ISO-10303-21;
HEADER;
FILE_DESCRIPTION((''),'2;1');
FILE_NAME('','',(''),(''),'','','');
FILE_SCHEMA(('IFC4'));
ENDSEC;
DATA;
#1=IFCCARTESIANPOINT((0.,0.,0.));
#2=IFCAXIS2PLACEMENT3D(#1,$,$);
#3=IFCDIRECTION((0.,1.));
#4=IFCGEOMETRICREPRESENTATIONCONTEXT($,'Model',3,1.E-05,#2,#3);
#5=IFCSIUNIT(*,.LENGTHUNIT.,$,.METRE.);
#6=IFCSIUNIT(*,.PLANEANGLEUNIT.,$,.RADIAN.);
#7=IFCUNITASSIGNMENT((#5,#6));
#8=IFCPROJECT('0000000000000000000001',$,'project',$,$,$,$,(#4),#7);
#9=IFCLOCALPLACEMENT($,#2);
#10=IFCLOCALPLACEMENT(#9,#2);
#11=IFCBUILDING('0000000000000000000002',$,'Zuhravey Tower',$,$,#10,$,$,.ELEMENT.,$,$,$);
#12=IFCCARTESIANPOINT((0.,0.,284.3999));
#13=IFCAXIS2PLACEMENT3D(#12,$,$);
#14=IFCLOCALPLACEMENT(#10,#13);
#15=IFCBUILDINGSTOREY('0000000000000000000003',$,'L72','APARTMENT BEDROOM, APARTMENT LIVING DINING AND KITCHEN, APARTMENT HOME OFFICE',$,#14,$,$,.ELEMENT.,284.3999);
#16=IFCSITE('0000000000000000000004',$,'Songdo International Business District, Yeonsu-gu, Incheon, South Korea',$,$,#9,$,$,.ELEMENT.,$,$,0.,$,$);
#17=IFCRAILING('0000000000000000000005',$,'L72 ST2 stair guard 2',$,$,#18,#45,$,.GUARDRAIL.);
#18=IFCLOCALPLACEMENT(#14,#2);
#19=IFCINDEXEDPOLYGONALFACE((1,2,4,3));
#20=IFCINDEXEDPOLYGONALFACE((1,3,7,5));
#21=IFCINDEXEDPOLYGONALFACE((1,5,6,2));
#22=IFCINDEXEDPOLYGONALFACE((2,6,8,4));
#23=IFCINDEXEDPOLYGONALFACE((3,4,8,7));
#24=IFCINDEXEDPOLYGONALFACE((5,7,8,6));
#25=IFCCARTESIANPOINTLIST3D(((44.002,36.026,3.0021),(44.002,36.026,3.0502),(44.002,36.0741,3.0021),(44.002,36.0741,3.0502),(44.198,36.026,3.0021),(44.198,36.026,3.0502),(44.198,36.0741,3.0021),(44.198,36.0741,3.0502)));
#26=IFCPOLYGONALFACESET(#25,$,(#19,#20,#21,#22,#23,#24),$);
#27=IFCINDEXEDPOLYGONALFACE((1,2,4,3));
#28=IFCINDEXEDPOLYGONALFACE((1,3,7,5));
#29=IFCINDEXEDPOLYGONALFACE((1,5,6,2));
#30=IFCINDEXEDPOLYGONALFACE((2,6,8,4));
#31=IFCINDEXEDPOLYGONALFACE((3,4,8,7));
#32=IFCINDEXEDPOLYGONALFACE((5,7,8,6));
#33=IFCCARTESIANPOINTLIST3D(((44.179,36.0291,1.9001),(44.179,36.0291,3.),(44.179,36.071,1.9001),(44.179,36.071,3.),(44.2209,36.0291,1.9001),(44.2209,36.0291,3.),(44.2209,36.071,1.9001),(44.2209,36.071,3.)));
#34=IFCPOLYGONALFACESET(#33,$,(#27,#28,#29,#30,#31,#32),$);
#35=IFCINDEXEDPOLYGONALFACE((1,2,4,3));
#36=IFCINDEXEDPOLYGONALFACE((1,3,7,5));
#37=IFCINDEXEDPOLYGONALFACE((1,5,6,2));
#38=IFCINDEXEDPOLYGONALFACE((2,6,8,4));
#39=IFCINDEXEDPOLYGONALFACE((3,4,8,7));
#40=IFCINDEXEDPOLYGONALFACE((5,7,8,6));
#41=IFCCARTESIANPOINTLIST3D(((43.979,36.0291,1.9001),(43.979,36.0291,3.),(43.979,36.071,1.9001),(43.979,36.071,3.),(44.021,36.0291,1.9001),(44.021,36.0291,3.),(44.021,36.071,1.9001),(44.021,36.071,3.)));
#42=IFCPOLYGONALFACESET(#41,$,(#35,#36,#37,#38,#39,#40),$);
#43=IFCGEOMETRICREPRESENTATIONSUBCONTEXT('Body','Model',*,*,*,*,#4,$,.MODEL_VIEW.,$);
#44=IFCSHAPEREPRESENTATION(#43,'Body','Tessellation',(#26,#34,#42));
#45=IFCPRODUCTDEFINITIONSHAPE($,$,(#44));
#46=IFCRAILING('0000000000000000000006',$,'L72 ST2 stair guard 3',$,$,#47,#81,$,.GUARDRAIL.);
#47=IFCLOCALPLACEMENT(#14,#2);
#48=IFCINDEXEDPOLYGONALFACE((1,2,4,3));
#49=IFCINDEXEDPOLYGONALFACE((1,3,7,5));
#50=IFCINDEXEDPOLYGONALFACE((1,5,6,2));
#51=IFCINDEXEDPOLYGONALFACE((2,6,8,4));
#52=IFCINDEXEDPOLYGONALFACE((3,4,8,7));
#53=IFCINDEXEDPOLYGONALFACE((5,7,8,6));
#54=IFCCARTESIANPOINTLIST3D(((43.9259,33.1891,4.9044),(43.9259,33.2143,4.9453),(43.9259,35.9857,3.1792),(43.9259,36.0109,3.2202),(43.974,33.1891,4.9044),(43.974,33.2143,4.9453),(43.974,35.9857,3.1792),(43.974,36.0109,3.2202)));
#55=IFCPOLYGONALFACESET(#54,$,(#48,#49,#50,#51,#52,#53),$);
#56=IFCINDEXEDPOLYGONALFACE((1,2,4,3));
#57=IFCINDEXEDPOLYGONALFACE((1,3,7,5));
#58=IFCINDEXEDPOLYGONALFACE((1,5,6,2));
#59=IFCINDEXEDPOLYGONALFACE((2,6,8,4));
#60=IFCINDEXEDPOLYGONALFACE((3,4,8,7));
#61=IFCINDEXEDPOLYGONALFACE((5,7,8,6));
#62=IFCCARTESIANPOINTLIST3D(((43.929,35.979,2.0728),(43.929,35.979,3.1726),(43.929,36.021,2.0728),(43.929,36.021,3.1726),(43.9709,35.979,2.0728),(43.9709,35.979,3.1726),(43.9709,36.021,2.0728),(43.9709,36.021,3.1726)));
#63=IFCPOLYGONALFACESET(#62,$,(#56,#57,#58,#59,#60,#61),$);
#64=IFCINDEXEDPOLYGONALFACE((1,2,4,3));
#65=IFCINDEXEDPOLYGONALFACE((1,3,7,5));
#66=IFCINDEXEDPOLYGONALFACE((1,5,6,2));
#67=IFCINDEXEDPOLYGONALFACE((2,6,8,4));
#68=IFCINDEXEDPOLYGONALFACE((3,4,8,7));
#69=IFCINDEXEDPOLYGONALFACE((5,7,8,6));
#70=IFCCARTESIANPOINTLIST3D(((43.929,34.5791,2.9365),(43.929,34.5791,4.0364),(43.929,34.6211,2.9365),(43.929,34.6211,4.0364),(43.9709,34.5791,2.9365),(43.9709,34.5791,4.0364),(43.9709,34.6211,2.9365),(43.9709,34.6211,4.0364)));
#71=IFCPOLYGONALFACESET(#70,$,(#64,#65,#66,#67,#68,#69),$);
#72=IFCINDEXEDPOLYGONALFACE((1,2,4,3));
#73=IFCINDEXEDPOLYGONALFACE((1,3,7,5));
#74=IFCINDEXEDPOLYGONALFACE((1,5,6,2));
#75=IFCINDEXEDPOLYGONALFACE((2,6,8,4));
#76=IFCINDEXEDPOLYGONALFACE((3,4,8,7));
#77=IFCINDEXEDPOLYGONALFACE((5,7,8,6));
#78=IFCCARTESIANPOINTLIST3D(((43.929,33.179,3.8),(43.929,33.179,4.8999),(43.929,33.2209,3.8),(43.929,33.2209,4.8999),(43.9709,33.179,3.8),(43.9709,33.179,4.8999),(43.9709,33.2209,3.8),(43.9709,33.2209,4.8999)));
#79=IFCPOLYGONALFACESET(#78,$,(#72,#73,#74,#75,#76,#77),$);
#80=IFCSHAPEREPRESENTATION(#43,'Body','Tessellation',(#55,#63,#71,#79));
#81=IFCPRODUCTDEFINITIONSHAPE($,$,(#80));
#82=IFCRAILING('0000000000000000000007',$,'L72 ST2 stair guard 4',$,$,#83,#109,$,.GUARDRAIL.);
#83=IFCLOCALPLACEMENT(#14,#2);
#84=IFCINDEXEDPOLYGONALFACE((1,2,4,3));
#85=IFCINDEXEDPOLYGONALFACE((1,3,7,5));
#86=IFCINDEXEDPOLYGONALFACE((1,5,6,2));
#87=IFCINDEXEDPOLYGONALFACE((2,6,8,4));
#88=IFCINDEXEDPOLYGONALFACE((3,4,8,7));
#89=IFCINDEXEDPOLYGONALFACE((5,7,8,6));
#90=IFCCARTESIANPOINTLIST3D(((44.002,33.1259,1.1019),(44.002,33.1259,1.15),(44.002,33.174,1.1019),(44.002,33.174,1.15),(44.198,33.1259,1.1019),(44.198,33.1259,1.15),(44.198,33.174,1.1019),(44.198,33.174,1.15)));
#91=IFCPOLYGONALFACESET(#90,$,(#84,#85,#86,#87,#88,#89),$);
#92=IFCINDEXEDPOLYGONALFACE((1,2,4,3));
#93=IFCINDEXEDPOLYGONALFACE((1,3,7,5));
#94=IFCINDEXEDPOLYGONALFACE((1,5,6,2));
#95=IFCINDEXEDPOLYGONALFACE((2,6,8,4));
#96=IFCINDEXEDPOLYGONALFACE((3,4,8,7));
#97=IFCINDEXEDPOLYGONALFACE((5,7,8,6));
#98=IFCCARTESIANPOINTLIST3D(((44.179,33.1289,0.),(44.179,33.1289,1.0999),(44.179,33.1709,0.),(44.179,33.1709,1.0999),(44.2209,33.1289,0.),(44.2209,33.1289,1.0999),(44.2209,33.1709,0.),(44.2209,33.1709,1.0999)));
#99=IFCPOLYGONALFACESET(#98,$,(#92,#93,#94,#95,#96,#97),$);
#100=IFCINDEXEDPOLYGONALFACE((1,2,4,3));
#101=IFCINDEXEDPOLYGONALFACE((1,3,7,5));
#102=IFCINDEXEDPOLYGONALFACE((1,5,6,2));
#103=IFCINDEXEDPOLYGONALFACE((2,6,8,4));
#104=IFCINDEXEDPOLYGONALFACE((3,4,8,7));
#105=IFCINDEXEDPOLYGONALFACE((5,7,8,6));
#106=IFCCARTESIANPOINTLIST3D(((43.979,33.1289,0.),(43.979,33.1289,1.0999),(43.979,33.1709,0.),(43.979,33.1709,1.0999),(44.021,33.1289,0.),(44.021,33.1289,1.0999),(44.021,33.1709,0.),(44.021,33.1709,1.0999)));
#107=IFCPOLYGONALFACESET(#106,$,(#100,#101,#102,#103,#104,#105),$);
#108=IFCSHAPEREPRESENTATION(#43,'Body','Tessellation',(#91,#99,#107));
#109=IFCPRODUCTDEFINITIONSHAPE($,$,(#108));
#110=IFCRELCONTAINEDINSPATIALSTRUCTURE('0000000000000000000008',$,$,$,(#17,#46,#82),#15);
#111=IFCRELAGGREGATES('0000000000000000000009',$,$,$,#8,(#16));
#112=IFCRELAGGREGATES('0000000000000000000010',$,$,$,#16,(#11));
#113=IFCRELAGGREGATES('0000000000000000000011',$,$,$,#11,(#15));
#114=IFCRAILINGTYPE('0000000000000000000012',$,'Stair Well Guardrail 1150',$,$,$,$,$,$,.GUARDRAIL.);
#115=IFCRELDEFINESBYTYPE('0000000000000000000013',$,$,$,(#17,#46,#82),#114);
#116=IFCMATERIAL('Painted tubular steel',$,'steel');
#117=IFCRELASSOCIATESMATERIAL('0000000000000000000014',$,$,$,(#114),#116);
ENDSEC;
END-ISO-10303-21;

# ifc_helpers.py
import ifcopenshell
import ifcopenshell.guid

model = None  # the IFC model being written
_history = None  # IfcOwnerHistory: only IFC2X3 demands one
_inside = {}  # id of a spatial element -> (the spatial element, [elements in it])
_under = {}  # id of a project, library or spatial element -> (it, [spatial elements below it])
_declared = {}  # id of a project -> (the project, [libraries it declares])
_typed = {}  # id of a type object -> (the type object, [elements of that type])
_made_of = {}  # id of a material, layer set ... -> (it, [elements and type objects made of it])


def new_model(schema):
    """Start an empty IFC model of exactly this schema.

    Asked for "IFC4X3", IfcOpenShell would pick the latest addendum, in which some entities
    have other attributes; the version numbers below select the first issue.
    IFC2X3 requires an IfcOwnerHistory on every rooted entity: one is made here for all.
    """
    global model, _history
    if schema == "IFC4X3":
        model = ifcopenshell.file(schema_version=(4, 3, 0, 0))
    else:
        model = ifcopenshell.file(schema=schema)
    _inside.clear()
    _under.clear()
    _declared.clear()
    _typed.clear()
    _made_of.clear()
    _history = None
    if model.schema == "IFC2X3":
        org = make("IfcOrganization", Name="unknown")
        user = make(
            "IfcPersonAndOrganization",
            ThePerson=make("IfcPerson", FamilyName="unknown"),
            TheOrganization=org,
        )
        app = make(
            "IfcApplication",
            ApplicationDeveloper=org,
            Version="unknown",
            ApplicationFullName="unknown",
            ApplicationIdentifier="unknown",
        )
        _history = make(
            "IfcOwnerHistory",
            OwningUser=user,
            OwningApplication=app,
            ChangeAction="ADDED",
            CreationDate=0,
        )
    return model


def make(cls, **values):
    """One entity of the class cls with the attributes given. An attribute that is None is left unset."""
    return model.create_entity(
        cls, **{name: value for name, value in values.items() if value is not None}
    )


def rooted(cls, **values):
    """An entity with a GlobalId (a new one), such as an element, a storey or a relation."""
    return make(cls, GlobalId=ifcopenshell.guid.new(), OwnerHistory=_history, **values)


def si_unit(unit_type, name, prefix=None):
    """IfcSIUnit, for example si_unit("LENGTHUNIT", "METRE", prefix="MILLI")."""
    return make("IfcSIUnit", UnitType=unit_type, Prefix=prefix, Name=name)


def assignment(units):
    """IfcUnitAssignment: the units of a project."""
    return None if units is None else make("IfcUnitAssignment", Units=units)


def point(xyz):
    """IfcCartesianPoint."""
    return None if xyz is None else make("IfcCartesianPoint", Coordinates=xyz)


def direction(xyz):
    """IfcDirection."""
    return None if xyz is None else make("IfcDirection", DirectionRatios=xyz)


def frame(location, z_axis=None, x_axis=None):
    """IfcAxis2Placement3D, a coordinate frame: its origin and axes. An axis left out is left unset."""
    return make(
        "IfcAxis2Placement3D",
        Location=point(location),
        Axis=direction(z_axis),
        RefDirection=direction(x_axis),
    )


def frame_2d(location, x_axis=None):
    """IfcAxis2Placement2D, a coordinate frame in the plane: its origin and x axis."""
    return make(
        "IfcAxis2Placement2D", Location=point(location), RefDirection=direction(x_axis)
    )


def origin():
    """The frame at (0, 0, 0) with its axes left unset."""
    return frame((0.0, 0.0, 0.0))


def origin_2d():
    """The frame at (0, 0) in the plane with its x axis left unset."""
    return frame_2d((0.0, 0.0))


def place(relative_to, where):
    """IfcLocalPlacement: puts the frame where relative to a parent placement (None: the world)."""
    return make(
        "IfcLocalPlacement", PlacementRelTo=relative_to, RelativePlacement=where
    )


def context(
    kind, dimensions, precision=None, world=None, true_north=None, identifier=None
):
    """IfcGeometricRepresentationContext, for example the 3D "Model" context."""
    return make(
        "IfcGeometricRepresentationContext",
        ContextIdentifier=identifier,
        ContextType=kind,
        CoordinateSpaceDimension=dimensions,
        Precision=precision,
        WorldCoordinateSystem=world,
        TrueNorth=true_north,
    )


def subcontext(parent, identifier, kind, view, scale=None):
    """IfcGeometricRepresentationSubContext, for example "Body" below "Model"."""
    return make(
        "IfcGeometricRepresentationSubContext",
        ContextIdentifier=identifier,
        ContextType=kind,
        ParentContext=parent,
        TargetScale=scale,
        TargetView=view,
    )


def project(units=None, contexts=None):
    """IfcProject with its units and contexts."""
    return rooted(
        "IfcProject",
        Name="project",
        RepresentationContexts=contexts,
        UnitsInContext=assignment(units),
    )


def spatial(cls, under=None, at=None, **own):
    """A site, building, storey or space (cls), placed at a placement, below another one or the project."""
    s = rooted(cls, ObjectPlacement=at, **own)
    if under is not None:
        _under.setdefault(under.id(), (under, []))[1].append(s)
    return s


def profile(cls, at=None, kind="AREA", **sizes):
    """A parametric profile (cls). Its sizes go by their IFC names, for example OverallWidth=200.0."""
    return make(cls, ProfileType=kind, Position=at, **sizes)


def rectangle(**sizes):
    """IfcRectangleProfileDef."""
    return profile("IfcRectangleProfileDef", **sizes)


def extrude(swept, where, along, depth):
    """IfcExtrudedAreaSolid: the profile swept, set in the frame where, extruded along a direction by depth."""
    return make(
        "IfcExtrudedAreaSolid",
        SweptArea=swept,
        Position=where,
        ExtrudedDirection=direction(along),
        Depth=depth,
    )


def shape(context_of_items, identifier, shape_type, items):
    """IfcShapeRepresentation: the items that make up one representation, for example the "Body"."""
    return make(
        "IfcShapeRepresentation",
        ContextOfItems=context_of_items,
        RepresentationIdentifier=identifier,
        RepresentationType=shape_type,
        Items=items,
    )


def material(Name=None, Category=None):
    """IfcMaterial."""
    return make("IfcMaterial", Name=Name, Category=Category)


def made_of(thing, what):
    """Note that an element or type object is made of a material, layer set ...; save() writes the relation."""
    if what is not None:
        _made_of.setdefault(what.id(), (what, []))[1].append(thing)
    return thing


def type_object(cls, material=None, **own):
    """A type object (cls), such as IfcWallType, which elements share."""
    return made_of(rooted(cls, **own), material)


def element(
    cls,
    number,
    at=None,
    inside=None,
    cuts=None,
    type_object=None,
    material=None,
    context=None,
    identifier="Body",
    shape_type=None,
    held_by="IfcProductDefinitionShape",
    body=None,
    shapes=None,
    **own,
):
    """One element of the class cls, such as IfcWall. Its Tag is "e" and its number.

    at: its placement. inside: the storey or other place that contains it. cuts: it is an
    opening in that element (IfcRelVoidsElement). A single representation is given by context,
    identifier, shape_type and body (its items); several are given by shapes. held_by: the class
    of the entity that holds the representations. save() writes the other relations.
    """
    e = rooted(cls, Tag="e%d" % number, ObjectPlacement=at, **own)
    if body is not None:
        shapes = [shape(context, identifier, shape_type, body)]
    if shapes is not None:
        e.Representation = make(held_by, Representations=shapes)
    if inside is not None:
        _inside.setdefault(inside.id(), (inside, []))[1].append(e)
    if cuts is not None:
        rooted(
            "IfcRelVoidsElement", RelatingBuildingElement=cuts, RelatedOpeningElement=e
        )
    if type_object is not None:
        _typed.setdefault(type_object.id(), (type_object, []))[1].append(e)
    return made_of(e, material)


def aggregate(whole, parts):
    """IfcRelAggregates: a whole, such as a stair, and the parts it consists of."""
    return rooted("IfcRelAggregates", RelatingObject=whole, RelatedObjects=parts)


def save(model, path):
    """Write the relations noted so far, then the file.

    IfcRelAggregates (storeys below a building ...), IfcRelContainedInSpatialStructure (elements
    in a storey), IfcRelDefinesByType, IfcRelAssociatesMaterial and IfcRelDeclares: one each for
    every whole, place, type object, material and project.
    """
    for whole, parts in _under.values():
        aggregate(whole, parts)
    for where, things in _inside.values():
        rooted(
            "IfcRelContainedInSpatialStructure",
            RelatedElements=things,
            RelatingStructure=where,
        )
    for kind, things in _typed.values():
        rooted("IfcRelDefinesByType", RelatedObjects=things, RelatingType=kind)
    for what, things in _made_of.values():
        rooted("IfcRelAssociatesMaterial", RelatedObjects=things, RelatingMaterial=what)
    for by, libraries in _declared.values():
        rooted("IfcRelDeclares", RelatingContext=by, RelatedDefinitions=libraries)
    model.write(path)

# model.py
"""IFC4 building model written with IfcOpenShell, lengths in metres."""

from ifc_helpers import new_model, si_unit, direction, frame, origin, origin_2d, place, context, subcontext, project, spatial, rectangle, extrude, material, type_object, element, save


model = new_model("IFC4")

# Units and contexts
model_context = context("Model", 3, precision=1e-05, world=origin(), true_north=direction((0.0, 1.0)))
body_context = subcontext(model_context, "Body", "Model", "MODEL_VIEW")
ifc_project = project(units=[si_unit("LENGTHUNIT", "METRE"), si_unit("PLANEANGLEUNIT", "RADIAN")], contexts=[model_context])

# Site, building, storey
site_placement = place(None, origin())
site = spatial("IfcSite", under=ifc_project, at=site_placement, Name="Songdo International Business District, Yeonsu-gu, Incheon, South Korea", CompositionType="ELEMENT", RefElevation=0.0)
building_placement = place(site_placement, origin())
building = spatial("IfcBuilding", under=site, at=building_placement, Name="Zuhravey Tower", CompositionType="ELEMENT")
storey_placement = place(building_placement, frame((0.0, 0.0, 284.3999)))
storey = spatial("IfcBuildingStorey", under=building, at=storey_placement, Name="L72", Description="APARTMENT BEDROOM, APARTMENT LIVING DINING AND KITCHEN, APARTMENT HOME OFFICE", CompositionType="ELEMENT", Elevation=284.3999)

# Railings
ifc_material_1 = material(Name="Painted tubular steel", Category="steel")
railing_type_1 = type_object("IfcRailingType", Name="Stair Well Guardrail 1150", PredefinedType="GUARDRAIL", material=ifc_material_1)
railing_1_placement = place(storey_placement, frame((44.2, 36.05, 1.9001)))
element("IfcRailing", 1, at=railing_1_placement, inside=storey, type_object=railing_type_1, Name="L72 ST2 stair guard 2", PredefinedType="GUARDRAIL", context=body_context, shape_type="SweptSolid", body=[
    extrude(rectangle(XDim=0.0481, YDim=0.0481, at=origin_2d()), frame((-0.002, 0.0, 1.126), z_axis=(-1.0, 0.0, 0.0), x_axis=(0.0, -1.0, 0.0)), (0.0, 0.0, 1.0), 0.196),
    extrude(rectangle(XDim=0.042, YDim=0.042, at=origin_2d()), origin(), (0.0, 0.0, 1.0), 1.0999),
    extrude(rectangle(XDim=0.042, YDim=0.042, at=origin_2d()), frame((-0.2, 0.0, 0.0)), (0.0, 0.0, 1.0), 1.0999),
])
railing_2_placement = place(storey_placement, frame((43.95, 36.0, 2.0728)))
element("IfcRailing", 2, at=railing_2_placement, inside=storey, type_object=railing_type_1, Name="L72 ST2 stair guard 3", PredefinedType="GUARDRAIL", context=body_context, shape_type="SweptSolid", body=[
    extrude(rectangle(XDim=0.0481, YDim=0.0481, at=origin_2d()), frame((0.0, -0.0017, 1.127), z_axis=(0.0, -0.85109, 0.52502), x_axis=(1.0, 0.0, 0.0)), (0.0, 0.0, 1.0), 3.2859),
    extrude(rectangle(XDim=0.042, YDim=0.042, at=origin_2d()), origin(), (0.0, 0.0, 1.0), 1.0999),
    extrude(rectangle(XDim=0.042, YDim=0.042, at=origin_2d()), frame((0.0, -1.3999, 0.8638)), (0.0, 0.0, 1.0), 1.0999),
    extrude(rectangle(XDim=0.042, YDim=0.042, at=origin_2d()), frame((0.0, -2.8, 1.7273)), (0.0, 0.0, 1.0), 1.0999),
])
railing_3_placement = place(storey_placement, frame((44.2, 33.1499, 0.0)))
element("IfcRailing", 3, at=railing_3_placement, inside=storey, type_object=railing_type_1, Name="L72 ST2 stair guard 4", PredefinedType="GUARDRAIL", context=body_context, shape_type="SweptSolid", body=[
    extrude(rectangle(XDim=0.0481, YDim=0.0481, at=origin_2d()), frame((-0.002, 0.0, 1.126), z_axis=(-1.0, 0.0, 0.0), x_axis=(0.0, -1.0, 0.0)), (0.0, 0.0, 1.0), 0.196),
    extrude(rectangle(XDim=0.042, YDim=0.042, at=origin_2d()), origin(), (0.0, 0.0, 1.0), 1.0999),
    extrude(rectangle(XDim=0.042, YDim=0.042, at=origin_2d()), frame((-0.2, 0.0, 0.0)), (0.0, 0.0, 1.0), 1.0999),
])

save(model, "model.ifc")
